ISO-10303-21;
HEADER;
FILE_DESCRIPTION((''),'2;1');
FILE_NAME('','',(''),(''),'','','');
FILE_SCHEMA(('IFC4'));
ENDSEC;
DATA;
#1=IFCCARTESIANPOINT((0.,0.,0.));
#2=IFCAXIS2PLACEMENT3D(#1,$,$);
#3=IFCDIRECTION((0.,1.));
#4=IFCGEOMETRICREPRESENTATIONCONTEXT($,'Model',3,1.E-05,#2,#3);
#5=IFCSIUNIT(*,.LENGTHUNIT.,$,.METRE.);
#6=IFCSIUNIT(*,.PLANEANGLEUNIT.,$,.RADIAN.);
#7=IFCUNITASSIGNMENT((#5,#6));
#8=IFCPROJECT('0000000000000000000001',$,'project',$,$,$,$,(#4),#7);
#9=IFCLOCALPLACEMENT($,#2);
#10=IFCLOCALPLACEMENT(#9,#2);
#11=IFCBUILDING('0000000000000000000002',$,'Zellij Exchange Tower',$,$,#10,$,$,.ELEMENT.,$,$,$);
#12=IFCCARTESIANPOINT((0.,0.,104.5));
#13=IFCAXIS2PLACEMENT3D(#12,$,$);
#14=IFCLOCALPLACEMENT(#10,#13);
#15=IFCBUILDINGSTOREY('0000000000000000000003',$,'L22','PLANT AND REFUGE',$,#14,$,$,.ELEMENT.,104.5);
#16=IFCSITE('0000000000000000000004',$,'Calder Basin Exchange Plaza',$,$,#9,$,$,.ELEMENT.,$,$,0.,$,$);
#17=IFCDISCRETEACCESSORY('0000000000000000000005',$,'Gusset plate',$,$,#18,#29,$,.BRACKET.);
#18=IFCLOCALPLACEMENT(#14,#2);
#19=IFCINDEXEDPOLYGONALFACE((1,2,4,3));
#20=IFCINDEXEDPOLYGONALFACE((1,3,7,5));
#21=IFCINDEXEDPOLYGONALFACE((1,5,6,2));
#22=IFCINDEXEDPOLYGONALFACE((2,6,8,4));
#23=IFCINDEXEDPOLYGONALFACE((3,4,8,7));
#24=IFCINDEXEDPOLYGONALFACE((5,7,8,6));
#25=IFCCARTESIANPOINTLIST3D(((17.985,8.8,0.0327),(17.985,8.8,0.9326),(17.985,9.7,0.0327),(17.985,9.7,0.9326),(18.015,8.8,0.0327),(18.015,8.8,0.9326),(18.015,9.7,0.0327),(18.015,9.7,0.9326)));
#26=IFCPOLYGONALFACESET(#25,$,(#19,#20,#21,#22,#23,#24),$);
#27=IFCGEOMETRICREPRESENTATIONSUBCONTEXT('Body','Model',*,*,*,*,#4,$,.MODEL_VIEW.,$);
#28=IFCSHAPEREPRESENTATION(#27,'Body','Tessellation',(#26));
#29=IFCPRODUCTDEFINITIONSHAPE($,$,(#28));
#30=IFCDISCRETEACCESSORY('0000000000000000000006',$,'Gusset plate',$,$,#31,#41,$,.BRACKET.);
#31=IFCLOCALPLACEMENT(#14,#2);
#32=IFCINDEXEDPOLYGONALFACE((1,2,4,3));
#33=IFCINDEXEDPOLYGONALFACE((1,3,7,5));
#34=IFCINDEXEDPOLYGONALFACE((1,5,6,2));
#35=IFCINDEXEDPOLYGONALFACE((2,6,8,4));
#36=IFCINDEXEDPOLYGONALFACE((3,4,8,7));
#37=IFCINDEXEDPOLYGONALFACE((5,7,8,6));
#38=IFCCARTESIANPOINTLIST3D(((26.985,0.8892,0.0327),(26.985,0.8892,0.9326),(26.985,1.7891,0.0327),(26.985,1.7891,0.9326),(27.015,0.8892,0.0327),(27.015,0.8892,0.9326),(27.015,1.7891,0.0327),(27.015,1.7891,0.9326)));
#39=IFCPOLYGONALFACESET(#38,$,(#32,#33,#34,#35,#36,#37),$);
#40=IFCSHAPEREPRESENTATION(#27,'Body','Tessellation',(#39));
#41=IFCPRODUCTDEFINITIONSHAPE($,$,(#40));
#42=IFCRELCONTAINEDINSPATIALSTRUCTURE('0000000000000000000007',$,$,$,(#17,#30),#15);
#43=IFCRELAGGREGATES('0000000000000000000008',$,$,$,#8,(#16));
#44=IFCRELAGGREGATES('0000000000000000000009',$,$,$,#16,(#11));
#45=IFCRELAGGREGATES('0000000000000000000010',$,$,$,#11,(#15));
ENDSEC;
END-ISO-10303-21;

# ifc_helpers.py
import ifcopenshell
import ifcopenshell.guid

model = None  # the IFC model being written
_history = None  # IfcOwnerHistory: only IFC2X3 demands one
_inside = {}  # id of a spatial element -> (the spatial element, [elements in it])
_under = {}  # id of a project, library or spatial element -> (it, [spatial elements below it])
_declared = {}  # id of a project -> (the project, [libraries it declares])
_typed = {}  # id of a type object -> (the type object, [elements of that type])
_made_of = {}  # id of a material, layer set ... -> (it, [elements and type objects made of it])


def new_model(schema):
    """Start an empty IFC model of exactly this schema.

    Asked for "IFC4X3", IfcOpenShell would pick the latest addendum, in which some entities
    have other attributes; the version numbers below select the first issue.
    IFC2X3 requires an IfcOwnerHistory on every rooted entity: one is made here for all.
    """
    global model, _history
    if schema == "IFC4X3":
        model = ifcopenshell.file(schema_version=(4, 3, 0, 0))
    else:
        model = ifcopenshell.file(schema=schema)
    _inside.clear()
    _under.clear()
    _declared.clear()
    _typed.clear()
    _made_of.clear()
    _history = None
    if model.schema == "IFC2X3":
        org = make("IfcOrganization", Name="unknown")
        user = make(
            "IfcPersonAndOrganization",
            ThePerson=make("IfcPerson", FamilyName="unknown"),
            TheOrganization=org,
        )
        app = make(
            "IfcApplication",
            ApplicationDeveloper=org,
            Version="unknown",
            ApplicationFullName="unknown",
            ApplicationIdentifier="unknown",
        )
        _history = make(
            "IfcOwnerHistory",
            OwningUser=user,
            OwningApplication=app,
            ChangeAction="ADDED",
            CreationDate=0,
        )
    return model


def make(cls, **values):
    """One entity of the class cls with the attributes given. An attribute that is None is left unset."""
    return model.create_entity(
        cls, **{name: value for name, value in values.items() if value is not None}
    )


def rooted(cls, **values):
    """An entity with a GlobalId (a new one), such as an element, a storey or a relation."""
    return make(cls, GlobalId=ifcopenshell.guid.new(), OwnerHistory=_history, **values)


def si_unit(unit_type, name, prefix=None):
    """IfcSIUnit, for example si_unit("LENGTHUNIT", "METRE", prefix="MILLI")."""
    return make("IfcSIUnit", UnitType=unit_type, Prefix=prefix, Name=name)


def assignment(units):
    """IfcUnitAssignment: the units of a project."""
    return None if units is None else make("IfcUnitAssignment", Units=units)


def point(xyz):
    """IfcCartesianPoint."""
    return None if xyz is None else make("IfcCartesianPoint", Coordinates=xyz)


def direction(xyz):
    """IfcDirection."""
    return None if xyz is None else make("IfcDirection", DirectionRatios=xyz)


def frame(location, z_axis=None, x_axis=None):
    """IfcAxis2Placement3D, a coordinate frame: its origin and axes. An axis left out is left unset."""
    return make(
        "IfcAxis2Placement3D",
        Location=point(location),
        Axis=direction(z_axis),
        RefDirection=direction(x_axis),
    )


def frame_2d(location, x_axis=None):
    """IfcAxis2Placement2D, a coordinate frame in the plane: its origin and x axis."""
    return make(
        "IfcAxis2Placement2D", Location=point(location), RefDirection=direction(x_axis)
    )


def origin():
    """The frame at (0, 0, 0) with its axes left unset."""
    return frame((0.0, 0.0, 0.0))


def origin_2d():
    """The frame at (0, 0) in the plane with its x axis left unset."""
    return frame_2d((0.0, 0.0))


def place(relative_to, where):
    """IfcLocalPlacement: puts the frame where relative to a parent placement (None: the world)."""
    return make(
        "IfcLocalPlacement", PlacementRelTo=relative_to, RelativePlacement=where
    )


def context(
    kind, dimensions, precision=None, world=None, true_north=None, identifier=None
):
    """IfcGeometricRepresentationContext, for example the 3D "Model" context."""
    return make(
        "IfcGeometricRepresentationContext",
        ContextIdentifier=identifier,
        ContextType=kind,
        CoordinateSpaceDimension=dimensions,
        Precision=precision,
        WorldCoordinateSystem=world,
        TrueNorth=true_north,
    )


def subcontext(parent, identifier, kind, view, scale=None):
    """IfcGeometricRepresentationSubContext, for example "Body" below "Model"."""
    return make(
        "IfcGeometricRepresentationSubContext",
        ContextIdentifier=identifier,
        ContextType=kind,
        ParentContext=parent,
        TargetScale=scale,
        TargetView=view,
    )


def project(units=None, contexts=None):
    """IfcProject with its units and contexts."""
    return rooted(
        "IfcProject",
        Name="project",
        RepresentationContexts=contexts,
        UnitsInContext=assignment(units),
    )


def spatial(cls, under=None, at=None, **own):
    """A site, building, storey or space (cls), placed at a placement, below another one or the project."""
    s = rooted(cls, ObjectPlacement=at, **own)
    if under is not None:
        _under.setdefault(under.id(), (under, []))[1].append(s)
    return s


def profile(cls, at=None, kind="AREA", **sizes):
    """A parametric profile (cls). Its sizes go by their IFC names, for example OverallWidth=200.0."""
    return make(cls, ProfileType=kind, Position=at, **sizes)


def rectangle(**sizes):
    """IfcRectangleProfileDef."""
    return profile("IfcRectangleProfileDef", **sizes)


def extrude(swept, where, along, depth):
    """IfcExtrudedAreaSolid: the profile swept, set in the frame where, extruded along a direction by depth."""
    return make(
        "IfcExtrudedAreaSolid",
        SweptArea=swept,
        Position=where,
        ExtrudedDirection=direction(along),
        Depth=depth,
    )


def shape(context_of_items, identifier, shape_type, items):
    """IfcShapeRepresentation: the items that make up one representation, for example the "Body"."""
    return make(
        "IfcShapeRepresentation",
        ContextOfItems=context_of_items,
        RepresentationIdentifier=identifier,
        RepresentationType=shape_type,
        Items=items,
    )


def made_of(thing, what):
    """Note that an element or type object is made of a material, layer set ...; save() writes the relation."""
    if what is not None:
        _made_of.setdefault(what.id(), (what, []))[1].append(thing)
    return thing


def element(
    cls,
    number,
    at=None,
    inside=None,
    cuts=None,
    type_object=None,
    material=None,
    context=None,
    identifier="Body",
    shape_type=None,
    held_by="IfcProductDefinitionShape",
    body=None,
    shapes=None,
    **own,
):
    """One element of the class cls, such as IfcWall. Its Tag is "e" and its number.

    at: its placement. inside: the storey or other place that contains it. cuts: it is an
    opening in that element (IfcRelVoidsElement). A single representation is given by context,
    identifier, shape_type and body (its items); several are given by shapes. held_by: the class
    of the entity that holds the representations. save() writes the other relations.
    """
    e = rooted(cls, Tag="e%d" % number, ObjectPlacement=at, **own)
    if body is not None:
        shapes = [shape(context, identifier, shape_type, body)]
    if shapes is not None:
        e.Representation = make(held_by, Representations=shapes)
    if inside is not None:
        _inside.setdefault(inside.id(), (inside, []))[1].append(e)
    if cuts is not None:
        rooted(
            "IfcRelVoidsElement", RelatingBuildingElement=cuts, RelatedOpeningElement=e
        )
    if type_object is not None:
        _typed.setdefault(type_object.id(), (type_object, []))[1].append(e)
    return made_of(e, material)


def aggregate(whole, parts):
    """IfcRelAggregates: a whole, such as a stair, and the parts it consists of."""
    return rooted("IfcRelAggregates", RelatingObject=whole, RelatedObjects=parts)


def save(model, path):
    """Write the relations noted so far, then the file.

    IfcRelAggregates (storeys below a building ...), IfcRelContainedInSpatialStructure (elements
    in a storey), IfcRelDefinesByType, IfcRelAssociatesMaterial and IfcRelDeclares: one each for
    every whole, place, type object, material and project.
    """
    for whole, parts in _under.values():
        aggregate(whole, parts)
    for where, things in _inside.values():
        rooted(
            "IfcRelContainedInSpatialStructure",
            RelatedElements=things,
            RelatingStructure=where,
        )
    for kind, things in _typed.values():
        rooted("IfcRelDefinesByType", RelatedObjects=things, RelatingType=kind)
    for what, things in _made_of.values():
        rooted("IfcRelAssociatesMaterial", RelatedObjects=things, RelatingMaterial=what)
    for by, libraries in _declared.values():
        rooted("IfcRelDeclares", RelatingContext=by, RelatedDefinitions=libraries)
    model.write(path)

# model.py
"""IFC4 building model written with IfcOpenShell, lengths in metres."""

from ifc_helpers import new_model, si_unit, direction, frame, origin, origin_2d, place, context, subcontext, project, spatial, rectangle, extrude, element, save


model = new_model("IFC4")

# Units and contexts
model_context = context("Model", 3, precision=1e-05, world=origin(), true_north=direction((0.0, 1.0)))
body_context = subcontext(model_context, "Body", "Model", "MODEL_VIEW")
ifc_project = project(units=[si_unit("LENGTHUNIT", "METRE"), si_unit("PLANEANGLEUNIT", "RADIAN")], contexts=[model_context])

# Site, building, storey
site_placement = place(None, origin())
site = spatial("IfcSite", under=ifc_project, at=site_placement, Name="Calder Basin Exchange Plaza", CompositionType="ELEMENT", RefElevation=0.0)
building_placement = place(site_placement, origin())
building = spatial("IfcBuilding", under=site, at=building_placement, Name="Zellij Exchange Tower", CompositionType="ELEMENT")
storey_placement = place(building_placement, frame((0.0, 0.0, 104.5)))
storey = spatial("IfcBuildingStorey", under=building, at=storey_placement, Name="L22", Description="PLANT AND REFUGE", CompositionType="ELEMENT", Elevation=104.5)

# Discrete accessories
for number, where, z_axis, x_axis, name in (
    (1, (18.0, 9.25, 0.0327), (0.0, 0.0, 1.0), (0.0, 1.0, 0.0), "Gusset plate"),
    (2, (27.0, 1.3391, 0.0327), (0.0, 0.0, 1.0), (0.0, 1.0, 0.0), "Gusset plate"),
):
    element("IfcDiscreteAccessory", number, at=place(storey_placement, frame(where, z_axis=z_axis, x_axis=x_axis)), inside=storey, Name=name, PredefinedType="BRACKET", context=body_context, shape_type="SweptSolid", body=[
        extrude(rectangle(XDim=0.8999, YDim=0.03, at=origin_2d()), origin(), (0.0, 0.0, 1.0), 0.8999),
    ])

save(model, "model.ifc")
